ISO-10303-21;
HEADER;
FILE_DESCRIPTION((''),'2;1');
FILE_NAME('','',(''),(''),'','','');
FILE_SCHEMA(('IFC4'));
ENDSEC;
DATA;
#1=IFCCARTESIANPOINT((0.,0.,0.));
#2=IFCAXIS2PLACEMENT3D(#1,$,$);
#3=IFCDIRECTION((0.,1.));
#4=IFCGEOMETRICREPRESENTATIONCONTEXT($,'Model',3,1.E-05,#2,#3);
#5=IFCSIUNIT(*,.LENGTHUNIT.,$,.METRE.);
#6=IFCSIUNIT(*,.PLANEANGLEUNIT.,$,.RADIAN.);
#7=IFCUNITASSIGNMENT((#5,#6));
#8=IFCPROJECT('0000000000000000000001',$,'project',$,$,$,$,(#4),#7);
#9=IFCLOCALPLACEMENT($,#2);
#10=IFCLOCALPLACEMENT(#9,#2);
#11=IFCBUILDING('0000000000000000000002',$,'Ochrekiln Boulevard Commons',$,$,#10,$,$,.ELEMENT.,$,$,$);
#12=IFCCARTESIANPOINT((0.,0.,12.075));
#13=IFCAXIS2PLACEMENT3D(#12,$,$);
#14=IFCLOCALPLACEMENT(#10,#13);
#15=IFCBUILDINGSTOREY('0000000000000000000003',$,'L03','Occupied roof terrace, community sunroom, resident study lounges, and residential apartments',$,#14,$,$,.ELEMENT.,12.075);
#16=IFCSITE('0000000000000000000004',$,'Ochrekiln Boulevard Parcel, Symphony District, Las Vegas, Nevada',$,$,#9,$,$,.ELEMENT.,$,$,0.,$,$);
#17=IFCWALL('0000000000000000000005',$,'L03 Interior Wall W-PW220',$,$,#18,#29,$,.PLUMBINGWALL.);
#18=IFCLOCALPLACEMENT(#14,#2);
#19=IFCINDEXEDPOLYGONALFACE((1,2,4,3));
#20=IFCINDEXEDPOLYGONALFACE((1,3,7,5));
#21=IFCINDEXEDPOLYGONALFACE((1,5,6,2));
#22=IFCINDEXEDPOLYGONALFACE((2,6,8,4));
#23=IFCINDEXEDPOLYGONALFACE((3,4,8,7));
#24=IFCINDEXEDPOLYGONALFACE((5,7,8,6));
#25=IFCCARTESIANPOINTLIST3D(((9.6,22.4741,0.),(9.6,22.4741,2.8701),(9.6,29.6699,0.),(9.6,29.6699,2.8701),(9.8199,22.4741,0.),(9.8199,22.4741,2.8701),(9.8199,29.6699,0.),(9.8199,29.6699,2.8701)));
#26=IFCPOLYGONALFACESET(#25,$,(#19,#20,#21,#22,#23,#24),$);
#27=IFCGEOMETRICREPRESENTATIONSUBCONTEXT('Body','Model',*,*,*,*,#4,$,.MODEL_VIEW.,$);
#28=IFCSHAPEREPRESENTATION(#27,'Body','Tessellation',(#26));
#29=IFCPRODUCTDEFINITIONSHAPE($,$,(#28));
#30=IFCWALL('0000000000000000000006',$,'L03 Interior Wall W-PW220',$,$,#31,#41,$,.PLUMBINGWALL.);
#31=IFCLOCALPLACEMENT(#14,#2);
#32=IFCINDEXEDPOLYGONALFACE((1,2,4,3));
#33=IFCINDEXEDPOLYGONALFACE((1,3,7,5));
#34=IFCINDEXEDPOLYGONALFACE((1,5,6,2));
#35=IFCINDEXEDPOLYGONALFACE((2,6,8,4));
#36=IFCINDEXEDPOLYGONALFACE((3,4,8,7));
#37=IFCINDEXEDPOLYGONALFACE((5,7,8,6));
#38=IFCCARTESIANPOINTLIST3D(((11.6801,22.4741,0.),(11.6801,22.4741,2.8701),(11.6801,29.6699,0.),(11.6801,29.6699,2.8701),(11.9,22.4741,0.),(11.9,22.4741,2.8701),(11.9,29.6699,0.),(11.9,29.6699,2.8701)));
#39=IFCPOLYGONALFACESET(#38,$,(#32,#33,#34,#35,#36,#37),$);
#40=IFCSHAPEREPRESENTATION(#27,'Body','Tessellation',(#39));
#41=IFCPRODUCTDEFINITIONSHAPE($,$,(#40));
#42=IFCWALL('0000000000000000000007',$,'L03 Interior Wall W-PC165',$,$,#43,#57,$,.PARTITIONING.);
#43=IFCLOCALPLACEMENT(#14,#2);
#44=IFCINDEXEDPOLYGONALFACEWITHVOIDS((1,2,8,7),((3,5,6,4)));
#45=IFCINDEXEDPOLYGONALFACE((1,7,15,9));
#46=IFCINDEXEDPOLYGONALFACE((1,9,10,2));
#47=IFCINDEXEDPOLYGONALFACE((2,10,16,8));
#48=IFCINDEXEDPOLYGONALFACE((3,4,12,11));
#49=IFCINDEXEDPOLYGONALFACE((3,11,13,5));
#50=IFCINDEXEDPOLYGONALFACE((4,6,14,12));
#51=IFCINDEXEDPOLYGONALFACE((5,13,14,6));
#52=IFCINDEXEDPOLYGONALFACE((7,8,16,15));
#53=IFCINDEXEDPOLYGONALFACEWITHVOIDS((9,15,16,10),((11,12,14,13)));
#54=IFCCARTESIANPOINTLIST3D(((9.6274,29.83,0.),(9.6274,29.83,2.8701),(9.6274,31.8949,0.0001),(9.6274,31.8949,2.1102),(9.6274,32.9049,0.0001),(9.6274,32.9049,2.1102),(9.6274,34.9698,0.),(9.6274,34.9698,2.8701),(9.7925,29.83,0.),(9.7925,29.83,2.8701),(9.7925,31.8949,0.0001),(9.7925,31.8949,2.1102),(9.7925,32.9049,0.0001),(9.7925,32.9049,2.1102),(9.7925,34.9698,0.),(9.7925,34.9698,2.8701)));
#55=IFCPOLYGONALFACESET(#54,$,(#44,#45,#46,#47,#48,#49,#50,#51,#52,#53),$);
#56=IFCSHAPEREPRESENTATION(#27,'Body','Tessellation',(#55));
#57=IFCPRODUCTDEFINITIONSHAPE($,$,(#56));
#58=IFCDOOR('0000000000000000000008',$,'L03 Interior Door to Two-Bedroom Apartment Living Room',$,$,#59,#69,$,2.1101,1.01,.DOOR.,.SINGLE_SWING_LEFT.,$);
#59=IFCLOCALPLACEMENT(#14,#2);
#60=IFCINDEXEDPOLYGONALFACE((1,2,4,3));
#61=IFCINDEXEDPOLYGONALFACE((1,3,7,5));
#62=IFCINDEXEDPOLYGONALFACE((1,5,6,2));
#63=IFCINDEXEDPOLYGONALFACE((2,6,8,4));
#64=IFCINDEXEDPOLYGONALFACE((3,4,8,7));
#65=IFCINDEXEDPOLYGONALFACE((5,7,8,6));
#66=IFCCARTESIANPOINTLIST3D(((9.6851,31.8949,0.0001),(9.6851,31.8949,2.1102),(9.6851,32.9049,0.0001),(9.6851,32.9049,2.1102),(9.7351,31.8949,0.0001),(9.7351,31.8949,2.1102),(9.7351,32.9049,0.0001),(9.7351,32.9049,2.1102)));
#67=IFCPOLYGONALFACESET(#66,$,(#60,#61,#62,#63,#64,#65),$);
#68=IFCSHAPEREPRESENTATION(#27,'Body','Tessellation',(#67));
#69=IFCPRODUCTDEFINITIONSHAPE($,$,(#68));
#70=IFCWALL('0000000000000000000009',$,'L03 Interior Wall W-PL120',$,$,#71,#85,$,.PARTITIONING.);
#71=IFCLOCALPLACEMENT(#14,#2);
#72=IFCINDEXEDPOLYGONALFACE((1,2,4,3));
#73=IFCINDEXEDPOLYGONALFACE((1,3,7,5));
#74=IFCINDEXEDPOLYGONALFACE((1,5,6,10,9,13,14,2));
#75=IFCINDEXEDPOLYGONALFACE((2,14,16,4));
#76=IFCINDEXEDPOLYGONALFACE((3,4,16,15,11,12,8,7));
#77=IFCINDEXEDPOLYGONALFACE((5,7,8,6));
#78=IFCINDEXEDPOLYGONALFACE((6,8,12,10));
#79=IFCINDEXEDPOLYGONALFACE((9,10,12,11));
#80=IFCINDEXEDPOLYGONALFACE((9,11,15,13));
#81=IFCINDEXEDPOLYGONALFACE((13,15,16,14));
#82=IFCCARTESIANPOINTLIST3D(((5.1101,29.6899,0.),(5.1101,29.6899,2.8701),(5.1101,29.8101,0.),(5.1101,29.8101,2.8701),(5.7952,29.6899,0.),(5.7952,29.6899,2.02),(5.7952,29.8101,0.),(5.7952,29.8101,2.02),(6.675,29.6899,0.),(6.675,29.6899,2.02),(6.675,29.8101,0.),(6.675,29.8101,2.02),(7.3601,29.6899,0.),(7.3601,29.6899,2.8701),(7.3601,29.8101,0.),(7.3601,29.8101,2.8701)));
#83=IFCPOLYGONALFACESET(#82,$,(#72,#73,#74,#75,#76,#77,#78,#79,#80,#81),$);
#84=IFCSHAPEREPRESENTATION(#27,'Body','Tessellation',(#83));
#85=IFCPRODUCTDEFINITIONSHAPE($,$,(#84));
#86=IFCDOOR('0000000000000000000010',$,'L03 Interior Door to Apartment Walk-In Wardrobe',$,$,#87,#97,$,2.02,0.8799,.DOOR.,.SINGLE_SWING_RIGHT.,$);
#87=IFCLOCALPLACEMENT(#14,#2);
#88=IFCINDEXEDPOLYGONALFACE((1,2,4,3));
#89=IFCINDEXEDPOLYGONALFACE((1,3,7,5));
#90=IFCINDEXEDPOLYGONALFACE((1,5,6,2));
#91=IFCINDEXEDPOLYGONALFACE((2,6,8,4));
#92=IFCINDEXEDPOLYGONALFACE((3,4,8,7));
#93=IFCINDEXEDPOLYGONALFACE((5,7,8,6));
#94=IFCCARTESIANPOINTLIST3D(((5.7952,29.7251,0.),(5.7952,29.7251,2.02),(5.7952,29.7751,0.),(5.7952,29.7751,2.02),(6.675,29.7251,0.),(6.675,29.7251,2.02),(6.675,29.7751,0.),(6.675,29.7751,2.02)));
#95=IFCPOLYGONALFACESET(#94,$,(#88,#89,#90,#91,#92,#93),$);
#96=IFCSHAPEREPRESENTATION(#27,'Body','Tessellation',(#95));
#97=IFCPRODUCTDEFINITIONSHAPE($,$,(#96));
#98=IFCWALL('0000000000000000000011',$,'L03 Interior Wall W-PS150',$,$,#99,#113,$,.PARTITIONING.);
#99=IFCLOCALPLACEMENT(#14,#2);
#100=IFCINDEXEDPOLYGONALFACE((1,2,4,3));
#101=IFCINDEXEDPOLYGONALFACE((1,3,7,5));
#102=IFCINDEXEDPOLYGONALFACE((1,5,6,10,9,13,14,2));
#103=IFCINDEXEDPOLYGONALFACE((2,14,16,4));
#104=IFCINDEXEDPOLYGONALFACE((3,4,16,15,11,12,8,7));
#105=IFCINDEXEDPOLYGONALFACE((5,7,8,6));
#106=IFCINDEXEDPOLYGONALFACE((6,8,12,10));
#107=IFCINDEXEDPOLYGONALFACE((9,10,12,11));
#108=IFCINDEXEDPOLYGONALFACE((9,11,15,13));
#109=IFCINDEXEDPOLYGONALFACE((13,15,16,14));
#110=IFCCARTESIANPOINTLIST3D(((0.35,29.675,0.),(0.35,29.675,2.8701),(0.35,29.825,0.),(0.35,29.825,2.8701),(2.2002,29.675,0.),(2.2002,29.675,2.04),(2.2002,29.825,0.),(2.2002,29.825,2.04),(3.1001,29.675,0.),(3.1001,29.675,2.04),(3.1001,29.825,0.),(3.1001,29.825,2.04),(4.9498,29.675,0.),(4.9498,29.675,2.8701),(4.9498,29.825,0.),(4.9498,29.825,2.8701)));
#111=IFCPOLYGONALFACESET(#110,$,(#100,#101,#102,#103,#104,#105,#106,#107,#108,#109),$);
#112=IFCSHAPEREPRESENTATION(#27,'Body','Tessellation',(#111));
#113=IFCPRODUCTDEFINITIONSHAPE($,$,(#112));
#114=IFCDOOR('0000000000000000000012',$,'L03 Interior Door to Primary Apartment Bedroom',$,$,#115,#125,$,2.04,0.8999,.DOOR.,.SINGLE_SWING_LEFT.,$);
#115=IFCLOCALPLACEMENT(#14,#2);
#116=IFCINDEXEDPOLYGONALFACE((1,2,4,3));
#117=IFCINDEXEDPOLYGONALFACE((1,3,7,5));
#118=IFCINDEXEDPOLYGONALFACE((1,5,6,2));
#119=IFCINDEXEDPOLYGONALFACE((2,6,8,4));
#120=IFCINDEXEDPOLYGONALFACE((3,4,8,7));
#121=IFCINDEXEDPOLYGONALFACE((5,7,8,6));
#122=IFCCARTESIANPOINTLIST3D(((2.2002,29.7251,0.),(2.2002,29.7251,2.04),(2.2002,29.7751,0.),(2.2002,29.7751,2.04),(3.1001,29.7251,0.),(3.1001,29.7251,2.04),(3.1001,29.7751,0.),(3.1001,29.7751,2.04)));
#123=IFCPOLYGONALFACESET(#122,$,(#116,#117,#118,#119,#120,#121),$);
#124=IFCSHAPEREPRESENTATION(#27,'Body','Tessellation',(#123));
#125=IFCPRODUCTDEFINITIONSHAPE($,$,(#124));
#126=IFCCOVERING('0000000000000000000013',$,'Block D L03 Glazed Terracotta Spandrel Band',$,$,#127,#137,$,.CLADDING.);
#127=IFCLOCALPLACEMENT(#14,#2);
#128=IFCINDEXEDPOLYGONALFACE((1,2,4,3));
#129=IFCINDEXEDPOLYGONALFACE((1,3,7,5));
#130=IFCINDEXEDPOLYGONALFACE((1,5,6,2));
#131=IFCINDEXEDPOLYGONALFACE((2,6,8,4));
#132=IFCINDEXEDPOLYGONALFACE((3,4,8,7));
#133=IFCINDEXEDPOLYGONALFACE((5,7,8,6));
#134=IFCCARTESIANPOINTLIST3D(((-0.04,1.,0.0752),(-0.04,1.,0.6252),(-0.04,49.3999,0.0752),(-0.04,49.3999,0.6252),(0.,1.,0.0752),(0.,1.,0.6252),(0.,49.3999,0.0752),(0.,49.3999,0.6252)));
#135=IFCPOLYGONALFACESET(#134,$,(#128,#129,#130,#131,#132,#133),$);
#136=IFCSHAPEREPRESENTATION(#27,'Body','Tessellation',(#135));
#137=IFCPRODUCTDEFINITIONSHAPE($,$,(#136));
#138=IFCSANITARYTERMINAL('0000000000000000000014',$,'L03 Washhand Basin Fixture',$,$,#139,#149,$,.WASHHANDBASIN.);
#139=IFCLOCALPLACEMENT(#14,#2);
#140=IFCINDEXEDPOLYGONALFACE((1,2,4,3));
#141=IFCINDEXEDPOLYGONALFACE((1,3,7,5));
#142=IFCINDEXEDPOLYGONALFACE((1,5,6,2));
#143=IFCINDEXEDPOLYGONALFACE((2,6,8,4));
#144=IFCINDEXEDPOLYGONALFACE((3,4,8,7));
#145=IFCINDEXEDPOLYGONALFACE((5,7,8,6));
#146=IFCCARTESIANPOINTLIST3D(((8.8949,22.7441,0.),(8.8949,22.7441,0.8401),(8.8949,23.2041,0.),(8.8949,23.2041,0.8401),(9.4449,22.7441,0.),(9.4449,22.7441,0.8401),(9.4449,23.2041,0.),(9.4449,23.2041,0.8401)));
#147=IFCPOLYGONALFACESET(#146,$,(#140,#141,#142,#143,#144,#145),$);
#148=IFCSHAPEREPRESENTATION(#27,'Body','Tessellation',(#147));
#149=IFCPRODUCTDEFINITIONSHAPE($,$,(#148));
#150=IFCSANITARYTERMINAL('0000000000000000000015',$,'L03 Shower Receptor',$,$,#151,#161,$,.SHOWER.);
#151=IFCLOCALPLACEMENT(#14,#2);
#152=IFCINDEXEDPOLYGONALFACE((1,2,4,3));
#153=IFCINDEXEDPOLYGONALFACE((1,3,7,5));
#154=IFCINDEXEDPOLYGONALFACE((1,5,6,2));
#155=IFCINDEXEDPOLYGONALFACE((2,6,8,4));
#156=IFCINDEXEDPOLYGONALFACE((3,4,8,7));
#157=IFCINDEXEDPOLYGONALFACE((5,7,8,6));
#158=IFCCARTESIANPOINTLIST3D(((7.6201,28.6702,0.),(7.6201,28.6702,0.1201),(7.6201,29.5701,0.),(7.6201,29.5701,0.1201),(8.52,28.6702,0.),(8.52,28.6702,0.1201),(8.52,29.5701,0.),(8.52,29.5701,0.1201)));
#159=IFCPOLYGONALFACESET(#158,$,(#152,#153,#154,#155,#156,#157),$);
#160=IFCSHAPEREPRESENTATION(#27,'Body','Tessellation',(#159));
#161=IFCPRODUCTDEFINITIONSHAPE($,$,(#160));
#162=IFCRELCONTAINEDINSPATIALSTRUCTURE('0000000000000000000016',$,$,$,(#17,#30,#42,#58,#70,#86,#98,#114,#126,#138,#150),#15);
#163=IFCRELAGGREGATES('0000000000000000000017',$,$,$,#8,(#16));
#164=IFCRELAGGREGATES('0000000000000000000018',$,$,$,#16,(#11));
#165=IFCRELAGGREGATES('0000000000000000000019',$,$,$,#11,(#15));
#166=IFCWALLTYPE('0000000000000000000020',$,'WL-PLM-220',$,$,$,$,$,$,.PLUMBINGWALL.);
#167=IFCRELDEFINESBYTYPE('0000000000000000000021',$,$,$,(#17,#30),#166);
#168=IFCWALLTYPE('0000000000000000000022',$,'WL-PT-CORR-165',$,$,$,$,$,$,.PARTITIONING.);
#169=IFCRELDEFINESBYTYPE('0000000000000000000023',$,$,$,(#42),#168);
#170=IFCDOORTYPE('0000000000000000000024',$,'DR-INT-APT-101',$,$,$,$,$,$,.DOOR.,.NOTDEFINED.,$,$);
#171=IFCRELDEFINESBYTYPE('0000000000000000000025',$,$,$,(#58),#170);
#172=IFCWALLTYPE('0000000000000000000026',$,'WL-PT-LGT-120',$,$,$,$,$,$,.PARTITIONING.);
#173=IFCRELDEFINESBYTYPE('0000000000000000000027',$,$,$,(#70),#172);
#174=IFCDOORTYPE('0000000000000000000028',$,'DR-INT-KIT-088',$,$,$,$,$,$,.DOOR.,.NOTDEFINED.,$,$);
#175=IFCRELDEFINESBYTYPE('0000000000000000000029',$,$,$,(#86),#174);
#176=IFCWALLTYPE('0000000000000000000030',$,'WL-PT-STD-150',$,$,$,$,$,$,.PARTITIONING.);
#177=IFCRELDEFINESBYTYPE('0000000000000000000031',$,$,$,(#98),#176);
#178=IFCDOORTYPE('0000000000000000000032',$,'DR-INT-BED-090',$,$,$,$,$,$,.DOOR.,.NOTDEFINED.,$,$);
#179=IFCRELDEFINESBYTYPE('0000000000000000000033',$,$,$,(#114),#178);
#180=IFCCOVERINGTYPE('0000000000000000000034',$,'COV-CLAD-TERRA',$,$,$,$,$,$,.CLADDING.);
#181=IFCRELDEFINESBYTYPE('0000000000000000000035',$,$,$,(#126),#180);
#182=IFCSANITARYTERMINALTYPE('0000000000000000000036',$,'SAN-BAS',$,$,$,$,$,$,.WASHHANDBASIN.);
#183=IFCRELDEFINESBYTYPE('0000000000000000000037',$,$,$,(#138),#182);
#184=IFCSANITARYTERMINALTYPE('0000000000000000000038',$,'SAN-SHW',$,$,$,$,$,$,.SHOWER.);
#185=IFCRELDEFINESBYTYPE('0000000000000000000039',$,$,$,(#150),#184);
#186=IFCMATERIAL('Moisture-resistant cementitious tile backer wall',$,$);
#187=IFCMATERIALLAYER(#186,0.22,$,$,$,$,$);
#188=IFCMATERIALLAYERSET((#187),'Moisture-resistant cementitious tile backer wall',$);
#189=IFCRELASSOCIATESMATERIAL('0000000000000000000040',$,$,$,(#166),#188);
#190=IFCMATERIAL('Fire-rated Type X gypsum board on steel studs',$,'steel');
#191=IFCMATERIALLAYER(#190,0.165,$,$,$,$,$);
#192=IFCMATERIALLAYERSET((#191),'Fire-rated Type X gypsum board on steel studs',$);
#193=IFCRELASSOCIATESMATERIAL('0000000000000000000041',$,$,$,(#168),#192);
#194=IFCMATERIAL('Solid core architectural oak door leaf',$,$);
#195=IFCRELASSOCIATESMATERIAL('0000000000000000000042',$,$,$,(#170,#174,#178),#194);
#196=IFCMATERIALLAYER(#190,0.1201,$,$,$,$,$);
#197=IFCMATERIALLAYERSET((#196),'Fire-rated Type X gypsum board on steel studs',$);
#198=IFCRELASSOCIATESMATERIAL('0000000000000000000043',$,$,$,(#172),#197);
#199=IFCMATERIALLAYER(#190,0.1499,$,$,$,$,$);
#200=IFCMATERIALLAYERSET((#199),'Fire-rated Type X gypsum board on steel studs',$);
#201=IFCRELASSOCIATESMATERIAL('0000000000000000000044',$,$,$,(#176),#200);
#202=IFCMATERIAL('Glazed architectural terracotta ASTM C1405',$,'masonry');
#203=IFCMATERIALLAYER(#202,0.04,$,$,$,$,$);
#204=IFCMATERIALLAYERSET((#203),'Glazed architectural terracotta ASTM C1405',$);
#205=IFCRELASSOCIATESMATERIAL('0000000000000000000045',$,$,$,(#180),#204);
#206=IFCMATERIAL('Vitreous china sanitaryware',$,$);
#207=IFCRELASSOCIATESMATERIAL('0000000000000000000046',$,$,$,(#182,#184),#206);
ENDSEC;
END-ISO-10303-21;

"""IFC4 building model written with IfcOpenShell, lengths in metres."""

from ifc_helpers import new_model, si_unit, direction, frame, frame_2d, origin, origin_2d, place, context, subcontext, project, spatial, rectangle, extrude, material, layer, layer_set, type_object, element, fill, save


model = new_model("IFC4")

# Units and contexts
model_context = context("Model", 3, precision=1e-05, world=origin(), true_north=direction((0.0, 1.0)))
body_context = subcontext(model_context, "Body", "Model", "MODEL_VIEW")
ifc_project = project(units=[si_unit("LENGTHUNIT", "METRE"), si_unit("PLANEANGLEUNIT", "RADIAN")], contexts=[model_context])

# Site, building, storey
site_placement = place(None, origin())
site = spatial("IfcSite", under=ifc_project, at=site_placement, Name="Ochrekiln Boulevard Parcel, Symphony District, Las Vegas, Nevada", CompositionType="ELEMENT", RefElevation=0.0)
building_placement = place(site_placement, origin())
building = spatial("IfcBuilding", under=site, at=building_placement, Name="Ochrekiln Boulevard Commons", CompositionType="ELEMENT")
storey_placement = place(building_placement, frame((0.0, 0.0, 12.075)))
storey = spatial("IfcBuildingStorey", under=building, at=storey_placement, Name="L03", Description="Occupied roof terrace, community sunroom, resident study lounges, and residential apartments", CompositionType="ELEMENT", Elevation=12.075)

# Shared definitions
ifc_material_1 = material(Name="Moisture-resistant cementitious tile backer wall")
ifc_material_2 = material(Name="Solid core architectural oak door leaf")

# Walls
ifc_layer_1 = layer(ifc_material_1, 0.22)
ifc_layer_set_1 = layer_set([ifc_layer_1], Name="Moisture-resistant cementitious tile backer wall")
wall_type_1 = type_object("IfcWallType", Name="WL-PLM-220", PredefinedType="PLUMBINGWALL", material=ifc_layer_set_1)
for number, where, z_axis, x_axis, name in (
    (1, (9.71, 22.4741, 0.0), (0.0, 0.0, 1.0), (0.0, 1.0, 0.0), "L03 Interior Wall W-PW220"),
    (2, (11.79, 22.4741, 0.0), (0.0, 0.0, 1.0), (0.0, 1.0, 0.0), "L03 Interior Wall W-PW220"),
):
    element("IfcWall", number, at=place(storey_placement, frame(where, z_axis=z_axis, x_axis=x_axis)), inside=storey, type_object=wall_type_1, Name=name, PredefinedType="PLUMBINGWALL", context=body_context, shape_type="SweptSolid", body=[
        extrude(rectangle(XDim=7.1958, YDim=0.22, at=frame_2d((3.5979, 0.0))), origin(), (0.0, 0.0, 1.0), 2.8701),
    ])

# Walls, openings, doors
ifc_material_3 = material(Name="Fire-rated Type X gypsum board on steel studs", Category="steel")
ifc_layer_2 = layer(ifc_material_3, 0.165)
ifc_layer_set_2 = layer_set([ifc_layer_2], Name="Fire-rated Type X gypsum board on steel studs")
wall_type_2 = type_object("IfcWallType", Name="WL-PT-CORR-165", PredefinedType="PARTITIONING", material=ifc_layer_set_2)
wall_1_placement = place(storey_placement, frame((9.71, 29.8301, 0.0), z_axis=(0.0, 0.0, 1.0), x_axis=(0.0, 1.0, 0.0)))
wall_1 = element("IfcWall", 3, at=wall_1_placement, inside=storey, type_object=wall_type_2, Name="L03 Interior Wall W-PC165", PredefinedType="PARTITIONING", context=body_context, shape_type="SweptSolid", body=[
    extrude(rectangle(XDim=5.1399, YDim=0.165, at=frame_2d((2.5698, 0.0))), origin(), (0.0, 0.0, 1.0), 2.8701),
])
opening_1_placement = place(wall_1_placement, frame((2.0649, 0.0, 0.0)))
opening_1 = element("IfcOpeningElement", 4, at=opening_1_placement, cuts=wall_1, PredefinedType="OPENING", context=body_context, shape_type="SweptSolid", body=[
    extrude(rectangle(XDim=1.01, YDim=2.1101, at=frame_2d((0.5049, 1.0552))), frame((0.0, 0.0925, 0.0), z_axis=(0.0, -1.0, 0.0), x_axis=(1.0, 0.0, 0.0)), (0.0, 0.0, 1.0), 0.1851),
])
door_type_1 = type_object("IfcDoorType", Name="DR-INT-APT-101", OperationType="NOTDEFINED", PredefinedType="DOOR", material=ifc_material_2)
door_1_placement = place(opening_1_placement, origin())
door_1 = element("IfcDoor", 5, at=door_1_placement, inside=storey, type_object=door_type_1, Name="L03 Interior Door to Two-Bedroom Apartment Living Room", OperationType="SINGLE_SWING_LEFT", OverallHeight=2.1101, OverallWidth=1.01, PredefinedType="DOOR", context=body_context, shape_type="SweptSolid", body=[
    extrude(rectangle(XDim=1.01, YDim=2.1101, at=frame_2d((0.5049, 1.0552))), frame((0.0, 0.0249, 0.0), z_axis=(0.0, -1.0, 0.0), x_axis=(1.0, 0.0, 0.0)), (0.0, 0.0, 1.0), 0.05),
])
fill(opening_1, door_1)
ifc_layer_3 = layer(ifc_material_3, 0.1201)
ifc_layer_set_3 = layer_set([ifc_layer_3], Name="Fire-rated Type X gypsum board on steel studs")
wall_type_3 = type_object("IfcWallType", Name="WL-PT-LGT-120", PredefinedType="PARTITIONING", material=ifc_layer_set_3)
wall_2_placement = place(storey_placement, frame((5.1101, 29.75, 0.0), z_axis=(0.0, 0.0, 1.0), x_axis=(1.0, 0.0, 0.0)))
wall_2 = element("IfcWall", 6, at=wall_2_placement, inside=storey, type_object=wall_type_3, Name="L03 Interior Wall W-PL120", PredefinedType="PARTITIONING", context=body_context, shape_type="SweptSolid", body=[
    extrude(rectangle(XDim=2.25, YDim=0.1201, at=frame_2d((1.125, 0.0))), origin(), (0.0, 0.0, 1.0), 2.8701),
])
opening_2_placement = place(wall_2_placement, frame((0.6851, 0.0, 0.0)))
opening_2 = element("IfcOpeningElement", 7, at=opening_2_placement, cuts=wall_2, PredefinedType="OPENING", context=body_context, shape_type="SweptSolid", body=[
    extrude(rectangle(XDim=0.8799, YDim=2.02, at=frame_2d((0.4399, 1.01))), frame((0.0, 0.0701, 0.0), z_axis=(0.0, -1.0, 0.0), x_axis=(1.0, 0.0, 0.0)), (0.0, 0.0, 1.0), 0.1401),
])
door_type_2 = type_object("IfcDoorType", Name="DR-INT-KIT-088", OperationType="NOTDEFINED", PredefinedType="DOOR", material=ifc_material_2)
door_2_placement = place(opening_2_placement, frame((0.8799, 0.0, 0.0), z_axis=(0.0, 0.0, 1.0), x_axis=(-1.0, 0.0, 0.0)))
door_2 = element("IfcDoor", 8, at=door_2_placement, inside=storey, type_object=door_type_2, Name="L03 Interior Door to Apartment Walk-In Wardrobe", OperationType="SINGLE_SWING_RIGHT", OverallHeight=2.02, OverallWidth=0.8799, PredefinedType="DOOR", context=body_context, shape_type="SweptSolid", body=[
    extrude(rectangle(XDim=0.8799, YDim=2.02, at=frame_2d((0.4399, 1.01))), frame((0.0, 0.0249, 0.0), z_axis=(0.0, -1.0, 0.0), x_axis=(1.0, 0.0, 0.0)), (0.0, 0.0, 1.0), 0.05),
])
fill(opening_2, door_2)
ifc_layer_4 = layer(ifc_material_3, 0.1499)
ifc_layer_set_4 = layer_set([ifc_layer_4], Name="Fire-rated Type X gypsum board on steel studs")
wall_type_4 = type_object("IfcWallType", Name="WL-PT-STD-150", PredefinedType="PARTITIONING", material=ifc_layer_set_4)
wall_3_placement = place(storey_placement, frame((0.3501, 29.75, 0.0), z_axis=(0.0, 0.0, 1.0), x_axis=(1.0, 0.0, 0.0)))
wall_3 = element("IfcWall", 9, at=wall_3_placement, inside=storey, type_object=wall_type_4, Name="L03 Interior Wall W-PS150", PredefinedType="PARTITIONING", context=body_context, shape_type="SweptSolid", body=[
    extrude(rectangle(XDim=4.5999, YDim=0.1499, at=frame_2d((2.2998, 0.0))), origin(), (0.0, 0.0, 1.0), 2.8701),
])
opening_3_placement = place(wall_3_placement, frame((1.8501, 0.0, 0.0)))
opening_3 = element("IfcOpeningElement", 10, at=opening_3_placement, cuts=wall_3, PredefinedType="OPENING", context=body_context, shape_type="SweptSolid", body=[
    extrude(rectangle(XDim=0.8999, YDim=2.04, at=frame_2d((0.45, 1.02))), frame((0.0, 0.085, 0.0), z_axis=(0.0, -1.0, 0.0), x_axis=(1.0, 0.0, 0.0)), (0.0, 0.0, 1.0), 0.1699),
])
door_type_3 = type_object("IfcDoorType", Name="DR-INT-BED-090", OperationType="NOTDEFINED", PredefinedType="DOOR", material=ifc_material_2)
door_3_placement = place(opening_3_placement, frame((0.8999, 0.0, 0.0), z_axis=(0.0, 0.0, 1.0), x_axis=(-1.0, 0.0, 0.0)))
door_3 = element("IfcDoor", 11, at=door_3_placement, inside=storey, type_object=door_type_3, Name="L03 Interior Door to Primary Apartment Bedroom", OperationType="SINGLE_SWING_LEFT", OverallHeight=2.04, OverallWidth=0.8999, PredefinedType="DOOR", context=body_context, shape_type="SweptSolid", body=[
    extrude(rectangle(XDim=0.8999, YDim=2.04, at=frame_2d((0.45, 1.02))), frame((0.0, 0.0249, 0.0), z_axis=(0.0, -1.0, 0.0), x_axis=(1.0, 0.0, 0.0)), (0.0, 0.0, 1.0), 0.05),
])
fill(opening_3, door_3)

# Covering
ifc_material_4 = material(Name="Glazed architectural terracotta ASTM C1405", Category="masonry")
ifc_layer_5 = layer(ifc_material_4, 0.04)
ifc_layer_set_5 = layer_set([ifc_layer_5], Name="Glazed architectural terracotta ASTM C1405")
covering_type = type_object("IfcCoveringType", Name="COV-CLAD-TERRA", PredefinedType="CLADDING", material=ifc_layer_set_5)
covering_placement = place(storey_placement, frame((-0.02, 25.2, 0.0752), z_axis=(0.0, 0.0, 1.0), x_axis=(1.0, 0.0, 0.0)))
element("IfcCovering", 12, at=covering_placement, inside=storey, type_object=covering_type, Name="Block D L03 Glazed Terracotta Spandrel Band", PredefinedType="CLADDING", context=body_context, shape_type="SweptSolid", body=[
    extrude(rectangle(XDim=0.04, YDim=48.3999, at=origin_2d()), origin(), (0.0, 0.0, 1.0), 0.55),
])

# Sanitary terminals
ifc_material_5 = material(Name="Vitreous china sanitaryware")
sanitary_terminal_type_1 = type_object("IfcSanitaryTerminalType", Name="SAN-BAS", PredefinedType="WASHHANDBASIN", material=ifc_material_5)
sanitary_terminal_1_placement = place(storey_placement, frame((9.1699, 22.9741, 0.0), z_axis=(0.0, 0.0, 1.0), x_axis=(1.0, 0.0, 0.0)))
element("IfcSanitaryTerminal", 13, at=sanitary_terminal_1_placement, inside=storey, type_object=sanitary_terminal_type_1, Name="L03 Washhand Basin Fixture", PredefinedType="WASHHANDBASIN", context=body_context, shape_type="SweptSolid", body=[
    extrude(rectangle(XDim=0.55, YDim=0.46, at=origin_2d()), origin(), (0.0, 0.0, 1.0), 0.8401),
])
sanitary_terminal_type_2 = type_object("IfcSanitaryTerminalType", Name="SAN-SHW", PredefinedType="SHOWER", material=ifc_material_5)
sanitary_terminal_2_placement = place(storey_placement, frame((8.0701, 29.1201, 0.0), z_axis=(0.0, 0.0, 1.0), x_axis=(1.0, 0.0, 0.0)))
element("IfcSanitaryTerminal", 14, at=sanitary_terminal_2_placement, inside=storey, type_object=sanitary_terminal_type_2, Name="L03 Shower Receptor", PredefinedType="SHOWER", context=body_context, shape_type="SweptSolid", body=[
    extrude(rectangle(XDim=0.8999, YDim=0.8999, at=origin_2d()), origin(), (0.0, 0.0, 1.0), 0.1201),
])

save(model, "model.ifc")
